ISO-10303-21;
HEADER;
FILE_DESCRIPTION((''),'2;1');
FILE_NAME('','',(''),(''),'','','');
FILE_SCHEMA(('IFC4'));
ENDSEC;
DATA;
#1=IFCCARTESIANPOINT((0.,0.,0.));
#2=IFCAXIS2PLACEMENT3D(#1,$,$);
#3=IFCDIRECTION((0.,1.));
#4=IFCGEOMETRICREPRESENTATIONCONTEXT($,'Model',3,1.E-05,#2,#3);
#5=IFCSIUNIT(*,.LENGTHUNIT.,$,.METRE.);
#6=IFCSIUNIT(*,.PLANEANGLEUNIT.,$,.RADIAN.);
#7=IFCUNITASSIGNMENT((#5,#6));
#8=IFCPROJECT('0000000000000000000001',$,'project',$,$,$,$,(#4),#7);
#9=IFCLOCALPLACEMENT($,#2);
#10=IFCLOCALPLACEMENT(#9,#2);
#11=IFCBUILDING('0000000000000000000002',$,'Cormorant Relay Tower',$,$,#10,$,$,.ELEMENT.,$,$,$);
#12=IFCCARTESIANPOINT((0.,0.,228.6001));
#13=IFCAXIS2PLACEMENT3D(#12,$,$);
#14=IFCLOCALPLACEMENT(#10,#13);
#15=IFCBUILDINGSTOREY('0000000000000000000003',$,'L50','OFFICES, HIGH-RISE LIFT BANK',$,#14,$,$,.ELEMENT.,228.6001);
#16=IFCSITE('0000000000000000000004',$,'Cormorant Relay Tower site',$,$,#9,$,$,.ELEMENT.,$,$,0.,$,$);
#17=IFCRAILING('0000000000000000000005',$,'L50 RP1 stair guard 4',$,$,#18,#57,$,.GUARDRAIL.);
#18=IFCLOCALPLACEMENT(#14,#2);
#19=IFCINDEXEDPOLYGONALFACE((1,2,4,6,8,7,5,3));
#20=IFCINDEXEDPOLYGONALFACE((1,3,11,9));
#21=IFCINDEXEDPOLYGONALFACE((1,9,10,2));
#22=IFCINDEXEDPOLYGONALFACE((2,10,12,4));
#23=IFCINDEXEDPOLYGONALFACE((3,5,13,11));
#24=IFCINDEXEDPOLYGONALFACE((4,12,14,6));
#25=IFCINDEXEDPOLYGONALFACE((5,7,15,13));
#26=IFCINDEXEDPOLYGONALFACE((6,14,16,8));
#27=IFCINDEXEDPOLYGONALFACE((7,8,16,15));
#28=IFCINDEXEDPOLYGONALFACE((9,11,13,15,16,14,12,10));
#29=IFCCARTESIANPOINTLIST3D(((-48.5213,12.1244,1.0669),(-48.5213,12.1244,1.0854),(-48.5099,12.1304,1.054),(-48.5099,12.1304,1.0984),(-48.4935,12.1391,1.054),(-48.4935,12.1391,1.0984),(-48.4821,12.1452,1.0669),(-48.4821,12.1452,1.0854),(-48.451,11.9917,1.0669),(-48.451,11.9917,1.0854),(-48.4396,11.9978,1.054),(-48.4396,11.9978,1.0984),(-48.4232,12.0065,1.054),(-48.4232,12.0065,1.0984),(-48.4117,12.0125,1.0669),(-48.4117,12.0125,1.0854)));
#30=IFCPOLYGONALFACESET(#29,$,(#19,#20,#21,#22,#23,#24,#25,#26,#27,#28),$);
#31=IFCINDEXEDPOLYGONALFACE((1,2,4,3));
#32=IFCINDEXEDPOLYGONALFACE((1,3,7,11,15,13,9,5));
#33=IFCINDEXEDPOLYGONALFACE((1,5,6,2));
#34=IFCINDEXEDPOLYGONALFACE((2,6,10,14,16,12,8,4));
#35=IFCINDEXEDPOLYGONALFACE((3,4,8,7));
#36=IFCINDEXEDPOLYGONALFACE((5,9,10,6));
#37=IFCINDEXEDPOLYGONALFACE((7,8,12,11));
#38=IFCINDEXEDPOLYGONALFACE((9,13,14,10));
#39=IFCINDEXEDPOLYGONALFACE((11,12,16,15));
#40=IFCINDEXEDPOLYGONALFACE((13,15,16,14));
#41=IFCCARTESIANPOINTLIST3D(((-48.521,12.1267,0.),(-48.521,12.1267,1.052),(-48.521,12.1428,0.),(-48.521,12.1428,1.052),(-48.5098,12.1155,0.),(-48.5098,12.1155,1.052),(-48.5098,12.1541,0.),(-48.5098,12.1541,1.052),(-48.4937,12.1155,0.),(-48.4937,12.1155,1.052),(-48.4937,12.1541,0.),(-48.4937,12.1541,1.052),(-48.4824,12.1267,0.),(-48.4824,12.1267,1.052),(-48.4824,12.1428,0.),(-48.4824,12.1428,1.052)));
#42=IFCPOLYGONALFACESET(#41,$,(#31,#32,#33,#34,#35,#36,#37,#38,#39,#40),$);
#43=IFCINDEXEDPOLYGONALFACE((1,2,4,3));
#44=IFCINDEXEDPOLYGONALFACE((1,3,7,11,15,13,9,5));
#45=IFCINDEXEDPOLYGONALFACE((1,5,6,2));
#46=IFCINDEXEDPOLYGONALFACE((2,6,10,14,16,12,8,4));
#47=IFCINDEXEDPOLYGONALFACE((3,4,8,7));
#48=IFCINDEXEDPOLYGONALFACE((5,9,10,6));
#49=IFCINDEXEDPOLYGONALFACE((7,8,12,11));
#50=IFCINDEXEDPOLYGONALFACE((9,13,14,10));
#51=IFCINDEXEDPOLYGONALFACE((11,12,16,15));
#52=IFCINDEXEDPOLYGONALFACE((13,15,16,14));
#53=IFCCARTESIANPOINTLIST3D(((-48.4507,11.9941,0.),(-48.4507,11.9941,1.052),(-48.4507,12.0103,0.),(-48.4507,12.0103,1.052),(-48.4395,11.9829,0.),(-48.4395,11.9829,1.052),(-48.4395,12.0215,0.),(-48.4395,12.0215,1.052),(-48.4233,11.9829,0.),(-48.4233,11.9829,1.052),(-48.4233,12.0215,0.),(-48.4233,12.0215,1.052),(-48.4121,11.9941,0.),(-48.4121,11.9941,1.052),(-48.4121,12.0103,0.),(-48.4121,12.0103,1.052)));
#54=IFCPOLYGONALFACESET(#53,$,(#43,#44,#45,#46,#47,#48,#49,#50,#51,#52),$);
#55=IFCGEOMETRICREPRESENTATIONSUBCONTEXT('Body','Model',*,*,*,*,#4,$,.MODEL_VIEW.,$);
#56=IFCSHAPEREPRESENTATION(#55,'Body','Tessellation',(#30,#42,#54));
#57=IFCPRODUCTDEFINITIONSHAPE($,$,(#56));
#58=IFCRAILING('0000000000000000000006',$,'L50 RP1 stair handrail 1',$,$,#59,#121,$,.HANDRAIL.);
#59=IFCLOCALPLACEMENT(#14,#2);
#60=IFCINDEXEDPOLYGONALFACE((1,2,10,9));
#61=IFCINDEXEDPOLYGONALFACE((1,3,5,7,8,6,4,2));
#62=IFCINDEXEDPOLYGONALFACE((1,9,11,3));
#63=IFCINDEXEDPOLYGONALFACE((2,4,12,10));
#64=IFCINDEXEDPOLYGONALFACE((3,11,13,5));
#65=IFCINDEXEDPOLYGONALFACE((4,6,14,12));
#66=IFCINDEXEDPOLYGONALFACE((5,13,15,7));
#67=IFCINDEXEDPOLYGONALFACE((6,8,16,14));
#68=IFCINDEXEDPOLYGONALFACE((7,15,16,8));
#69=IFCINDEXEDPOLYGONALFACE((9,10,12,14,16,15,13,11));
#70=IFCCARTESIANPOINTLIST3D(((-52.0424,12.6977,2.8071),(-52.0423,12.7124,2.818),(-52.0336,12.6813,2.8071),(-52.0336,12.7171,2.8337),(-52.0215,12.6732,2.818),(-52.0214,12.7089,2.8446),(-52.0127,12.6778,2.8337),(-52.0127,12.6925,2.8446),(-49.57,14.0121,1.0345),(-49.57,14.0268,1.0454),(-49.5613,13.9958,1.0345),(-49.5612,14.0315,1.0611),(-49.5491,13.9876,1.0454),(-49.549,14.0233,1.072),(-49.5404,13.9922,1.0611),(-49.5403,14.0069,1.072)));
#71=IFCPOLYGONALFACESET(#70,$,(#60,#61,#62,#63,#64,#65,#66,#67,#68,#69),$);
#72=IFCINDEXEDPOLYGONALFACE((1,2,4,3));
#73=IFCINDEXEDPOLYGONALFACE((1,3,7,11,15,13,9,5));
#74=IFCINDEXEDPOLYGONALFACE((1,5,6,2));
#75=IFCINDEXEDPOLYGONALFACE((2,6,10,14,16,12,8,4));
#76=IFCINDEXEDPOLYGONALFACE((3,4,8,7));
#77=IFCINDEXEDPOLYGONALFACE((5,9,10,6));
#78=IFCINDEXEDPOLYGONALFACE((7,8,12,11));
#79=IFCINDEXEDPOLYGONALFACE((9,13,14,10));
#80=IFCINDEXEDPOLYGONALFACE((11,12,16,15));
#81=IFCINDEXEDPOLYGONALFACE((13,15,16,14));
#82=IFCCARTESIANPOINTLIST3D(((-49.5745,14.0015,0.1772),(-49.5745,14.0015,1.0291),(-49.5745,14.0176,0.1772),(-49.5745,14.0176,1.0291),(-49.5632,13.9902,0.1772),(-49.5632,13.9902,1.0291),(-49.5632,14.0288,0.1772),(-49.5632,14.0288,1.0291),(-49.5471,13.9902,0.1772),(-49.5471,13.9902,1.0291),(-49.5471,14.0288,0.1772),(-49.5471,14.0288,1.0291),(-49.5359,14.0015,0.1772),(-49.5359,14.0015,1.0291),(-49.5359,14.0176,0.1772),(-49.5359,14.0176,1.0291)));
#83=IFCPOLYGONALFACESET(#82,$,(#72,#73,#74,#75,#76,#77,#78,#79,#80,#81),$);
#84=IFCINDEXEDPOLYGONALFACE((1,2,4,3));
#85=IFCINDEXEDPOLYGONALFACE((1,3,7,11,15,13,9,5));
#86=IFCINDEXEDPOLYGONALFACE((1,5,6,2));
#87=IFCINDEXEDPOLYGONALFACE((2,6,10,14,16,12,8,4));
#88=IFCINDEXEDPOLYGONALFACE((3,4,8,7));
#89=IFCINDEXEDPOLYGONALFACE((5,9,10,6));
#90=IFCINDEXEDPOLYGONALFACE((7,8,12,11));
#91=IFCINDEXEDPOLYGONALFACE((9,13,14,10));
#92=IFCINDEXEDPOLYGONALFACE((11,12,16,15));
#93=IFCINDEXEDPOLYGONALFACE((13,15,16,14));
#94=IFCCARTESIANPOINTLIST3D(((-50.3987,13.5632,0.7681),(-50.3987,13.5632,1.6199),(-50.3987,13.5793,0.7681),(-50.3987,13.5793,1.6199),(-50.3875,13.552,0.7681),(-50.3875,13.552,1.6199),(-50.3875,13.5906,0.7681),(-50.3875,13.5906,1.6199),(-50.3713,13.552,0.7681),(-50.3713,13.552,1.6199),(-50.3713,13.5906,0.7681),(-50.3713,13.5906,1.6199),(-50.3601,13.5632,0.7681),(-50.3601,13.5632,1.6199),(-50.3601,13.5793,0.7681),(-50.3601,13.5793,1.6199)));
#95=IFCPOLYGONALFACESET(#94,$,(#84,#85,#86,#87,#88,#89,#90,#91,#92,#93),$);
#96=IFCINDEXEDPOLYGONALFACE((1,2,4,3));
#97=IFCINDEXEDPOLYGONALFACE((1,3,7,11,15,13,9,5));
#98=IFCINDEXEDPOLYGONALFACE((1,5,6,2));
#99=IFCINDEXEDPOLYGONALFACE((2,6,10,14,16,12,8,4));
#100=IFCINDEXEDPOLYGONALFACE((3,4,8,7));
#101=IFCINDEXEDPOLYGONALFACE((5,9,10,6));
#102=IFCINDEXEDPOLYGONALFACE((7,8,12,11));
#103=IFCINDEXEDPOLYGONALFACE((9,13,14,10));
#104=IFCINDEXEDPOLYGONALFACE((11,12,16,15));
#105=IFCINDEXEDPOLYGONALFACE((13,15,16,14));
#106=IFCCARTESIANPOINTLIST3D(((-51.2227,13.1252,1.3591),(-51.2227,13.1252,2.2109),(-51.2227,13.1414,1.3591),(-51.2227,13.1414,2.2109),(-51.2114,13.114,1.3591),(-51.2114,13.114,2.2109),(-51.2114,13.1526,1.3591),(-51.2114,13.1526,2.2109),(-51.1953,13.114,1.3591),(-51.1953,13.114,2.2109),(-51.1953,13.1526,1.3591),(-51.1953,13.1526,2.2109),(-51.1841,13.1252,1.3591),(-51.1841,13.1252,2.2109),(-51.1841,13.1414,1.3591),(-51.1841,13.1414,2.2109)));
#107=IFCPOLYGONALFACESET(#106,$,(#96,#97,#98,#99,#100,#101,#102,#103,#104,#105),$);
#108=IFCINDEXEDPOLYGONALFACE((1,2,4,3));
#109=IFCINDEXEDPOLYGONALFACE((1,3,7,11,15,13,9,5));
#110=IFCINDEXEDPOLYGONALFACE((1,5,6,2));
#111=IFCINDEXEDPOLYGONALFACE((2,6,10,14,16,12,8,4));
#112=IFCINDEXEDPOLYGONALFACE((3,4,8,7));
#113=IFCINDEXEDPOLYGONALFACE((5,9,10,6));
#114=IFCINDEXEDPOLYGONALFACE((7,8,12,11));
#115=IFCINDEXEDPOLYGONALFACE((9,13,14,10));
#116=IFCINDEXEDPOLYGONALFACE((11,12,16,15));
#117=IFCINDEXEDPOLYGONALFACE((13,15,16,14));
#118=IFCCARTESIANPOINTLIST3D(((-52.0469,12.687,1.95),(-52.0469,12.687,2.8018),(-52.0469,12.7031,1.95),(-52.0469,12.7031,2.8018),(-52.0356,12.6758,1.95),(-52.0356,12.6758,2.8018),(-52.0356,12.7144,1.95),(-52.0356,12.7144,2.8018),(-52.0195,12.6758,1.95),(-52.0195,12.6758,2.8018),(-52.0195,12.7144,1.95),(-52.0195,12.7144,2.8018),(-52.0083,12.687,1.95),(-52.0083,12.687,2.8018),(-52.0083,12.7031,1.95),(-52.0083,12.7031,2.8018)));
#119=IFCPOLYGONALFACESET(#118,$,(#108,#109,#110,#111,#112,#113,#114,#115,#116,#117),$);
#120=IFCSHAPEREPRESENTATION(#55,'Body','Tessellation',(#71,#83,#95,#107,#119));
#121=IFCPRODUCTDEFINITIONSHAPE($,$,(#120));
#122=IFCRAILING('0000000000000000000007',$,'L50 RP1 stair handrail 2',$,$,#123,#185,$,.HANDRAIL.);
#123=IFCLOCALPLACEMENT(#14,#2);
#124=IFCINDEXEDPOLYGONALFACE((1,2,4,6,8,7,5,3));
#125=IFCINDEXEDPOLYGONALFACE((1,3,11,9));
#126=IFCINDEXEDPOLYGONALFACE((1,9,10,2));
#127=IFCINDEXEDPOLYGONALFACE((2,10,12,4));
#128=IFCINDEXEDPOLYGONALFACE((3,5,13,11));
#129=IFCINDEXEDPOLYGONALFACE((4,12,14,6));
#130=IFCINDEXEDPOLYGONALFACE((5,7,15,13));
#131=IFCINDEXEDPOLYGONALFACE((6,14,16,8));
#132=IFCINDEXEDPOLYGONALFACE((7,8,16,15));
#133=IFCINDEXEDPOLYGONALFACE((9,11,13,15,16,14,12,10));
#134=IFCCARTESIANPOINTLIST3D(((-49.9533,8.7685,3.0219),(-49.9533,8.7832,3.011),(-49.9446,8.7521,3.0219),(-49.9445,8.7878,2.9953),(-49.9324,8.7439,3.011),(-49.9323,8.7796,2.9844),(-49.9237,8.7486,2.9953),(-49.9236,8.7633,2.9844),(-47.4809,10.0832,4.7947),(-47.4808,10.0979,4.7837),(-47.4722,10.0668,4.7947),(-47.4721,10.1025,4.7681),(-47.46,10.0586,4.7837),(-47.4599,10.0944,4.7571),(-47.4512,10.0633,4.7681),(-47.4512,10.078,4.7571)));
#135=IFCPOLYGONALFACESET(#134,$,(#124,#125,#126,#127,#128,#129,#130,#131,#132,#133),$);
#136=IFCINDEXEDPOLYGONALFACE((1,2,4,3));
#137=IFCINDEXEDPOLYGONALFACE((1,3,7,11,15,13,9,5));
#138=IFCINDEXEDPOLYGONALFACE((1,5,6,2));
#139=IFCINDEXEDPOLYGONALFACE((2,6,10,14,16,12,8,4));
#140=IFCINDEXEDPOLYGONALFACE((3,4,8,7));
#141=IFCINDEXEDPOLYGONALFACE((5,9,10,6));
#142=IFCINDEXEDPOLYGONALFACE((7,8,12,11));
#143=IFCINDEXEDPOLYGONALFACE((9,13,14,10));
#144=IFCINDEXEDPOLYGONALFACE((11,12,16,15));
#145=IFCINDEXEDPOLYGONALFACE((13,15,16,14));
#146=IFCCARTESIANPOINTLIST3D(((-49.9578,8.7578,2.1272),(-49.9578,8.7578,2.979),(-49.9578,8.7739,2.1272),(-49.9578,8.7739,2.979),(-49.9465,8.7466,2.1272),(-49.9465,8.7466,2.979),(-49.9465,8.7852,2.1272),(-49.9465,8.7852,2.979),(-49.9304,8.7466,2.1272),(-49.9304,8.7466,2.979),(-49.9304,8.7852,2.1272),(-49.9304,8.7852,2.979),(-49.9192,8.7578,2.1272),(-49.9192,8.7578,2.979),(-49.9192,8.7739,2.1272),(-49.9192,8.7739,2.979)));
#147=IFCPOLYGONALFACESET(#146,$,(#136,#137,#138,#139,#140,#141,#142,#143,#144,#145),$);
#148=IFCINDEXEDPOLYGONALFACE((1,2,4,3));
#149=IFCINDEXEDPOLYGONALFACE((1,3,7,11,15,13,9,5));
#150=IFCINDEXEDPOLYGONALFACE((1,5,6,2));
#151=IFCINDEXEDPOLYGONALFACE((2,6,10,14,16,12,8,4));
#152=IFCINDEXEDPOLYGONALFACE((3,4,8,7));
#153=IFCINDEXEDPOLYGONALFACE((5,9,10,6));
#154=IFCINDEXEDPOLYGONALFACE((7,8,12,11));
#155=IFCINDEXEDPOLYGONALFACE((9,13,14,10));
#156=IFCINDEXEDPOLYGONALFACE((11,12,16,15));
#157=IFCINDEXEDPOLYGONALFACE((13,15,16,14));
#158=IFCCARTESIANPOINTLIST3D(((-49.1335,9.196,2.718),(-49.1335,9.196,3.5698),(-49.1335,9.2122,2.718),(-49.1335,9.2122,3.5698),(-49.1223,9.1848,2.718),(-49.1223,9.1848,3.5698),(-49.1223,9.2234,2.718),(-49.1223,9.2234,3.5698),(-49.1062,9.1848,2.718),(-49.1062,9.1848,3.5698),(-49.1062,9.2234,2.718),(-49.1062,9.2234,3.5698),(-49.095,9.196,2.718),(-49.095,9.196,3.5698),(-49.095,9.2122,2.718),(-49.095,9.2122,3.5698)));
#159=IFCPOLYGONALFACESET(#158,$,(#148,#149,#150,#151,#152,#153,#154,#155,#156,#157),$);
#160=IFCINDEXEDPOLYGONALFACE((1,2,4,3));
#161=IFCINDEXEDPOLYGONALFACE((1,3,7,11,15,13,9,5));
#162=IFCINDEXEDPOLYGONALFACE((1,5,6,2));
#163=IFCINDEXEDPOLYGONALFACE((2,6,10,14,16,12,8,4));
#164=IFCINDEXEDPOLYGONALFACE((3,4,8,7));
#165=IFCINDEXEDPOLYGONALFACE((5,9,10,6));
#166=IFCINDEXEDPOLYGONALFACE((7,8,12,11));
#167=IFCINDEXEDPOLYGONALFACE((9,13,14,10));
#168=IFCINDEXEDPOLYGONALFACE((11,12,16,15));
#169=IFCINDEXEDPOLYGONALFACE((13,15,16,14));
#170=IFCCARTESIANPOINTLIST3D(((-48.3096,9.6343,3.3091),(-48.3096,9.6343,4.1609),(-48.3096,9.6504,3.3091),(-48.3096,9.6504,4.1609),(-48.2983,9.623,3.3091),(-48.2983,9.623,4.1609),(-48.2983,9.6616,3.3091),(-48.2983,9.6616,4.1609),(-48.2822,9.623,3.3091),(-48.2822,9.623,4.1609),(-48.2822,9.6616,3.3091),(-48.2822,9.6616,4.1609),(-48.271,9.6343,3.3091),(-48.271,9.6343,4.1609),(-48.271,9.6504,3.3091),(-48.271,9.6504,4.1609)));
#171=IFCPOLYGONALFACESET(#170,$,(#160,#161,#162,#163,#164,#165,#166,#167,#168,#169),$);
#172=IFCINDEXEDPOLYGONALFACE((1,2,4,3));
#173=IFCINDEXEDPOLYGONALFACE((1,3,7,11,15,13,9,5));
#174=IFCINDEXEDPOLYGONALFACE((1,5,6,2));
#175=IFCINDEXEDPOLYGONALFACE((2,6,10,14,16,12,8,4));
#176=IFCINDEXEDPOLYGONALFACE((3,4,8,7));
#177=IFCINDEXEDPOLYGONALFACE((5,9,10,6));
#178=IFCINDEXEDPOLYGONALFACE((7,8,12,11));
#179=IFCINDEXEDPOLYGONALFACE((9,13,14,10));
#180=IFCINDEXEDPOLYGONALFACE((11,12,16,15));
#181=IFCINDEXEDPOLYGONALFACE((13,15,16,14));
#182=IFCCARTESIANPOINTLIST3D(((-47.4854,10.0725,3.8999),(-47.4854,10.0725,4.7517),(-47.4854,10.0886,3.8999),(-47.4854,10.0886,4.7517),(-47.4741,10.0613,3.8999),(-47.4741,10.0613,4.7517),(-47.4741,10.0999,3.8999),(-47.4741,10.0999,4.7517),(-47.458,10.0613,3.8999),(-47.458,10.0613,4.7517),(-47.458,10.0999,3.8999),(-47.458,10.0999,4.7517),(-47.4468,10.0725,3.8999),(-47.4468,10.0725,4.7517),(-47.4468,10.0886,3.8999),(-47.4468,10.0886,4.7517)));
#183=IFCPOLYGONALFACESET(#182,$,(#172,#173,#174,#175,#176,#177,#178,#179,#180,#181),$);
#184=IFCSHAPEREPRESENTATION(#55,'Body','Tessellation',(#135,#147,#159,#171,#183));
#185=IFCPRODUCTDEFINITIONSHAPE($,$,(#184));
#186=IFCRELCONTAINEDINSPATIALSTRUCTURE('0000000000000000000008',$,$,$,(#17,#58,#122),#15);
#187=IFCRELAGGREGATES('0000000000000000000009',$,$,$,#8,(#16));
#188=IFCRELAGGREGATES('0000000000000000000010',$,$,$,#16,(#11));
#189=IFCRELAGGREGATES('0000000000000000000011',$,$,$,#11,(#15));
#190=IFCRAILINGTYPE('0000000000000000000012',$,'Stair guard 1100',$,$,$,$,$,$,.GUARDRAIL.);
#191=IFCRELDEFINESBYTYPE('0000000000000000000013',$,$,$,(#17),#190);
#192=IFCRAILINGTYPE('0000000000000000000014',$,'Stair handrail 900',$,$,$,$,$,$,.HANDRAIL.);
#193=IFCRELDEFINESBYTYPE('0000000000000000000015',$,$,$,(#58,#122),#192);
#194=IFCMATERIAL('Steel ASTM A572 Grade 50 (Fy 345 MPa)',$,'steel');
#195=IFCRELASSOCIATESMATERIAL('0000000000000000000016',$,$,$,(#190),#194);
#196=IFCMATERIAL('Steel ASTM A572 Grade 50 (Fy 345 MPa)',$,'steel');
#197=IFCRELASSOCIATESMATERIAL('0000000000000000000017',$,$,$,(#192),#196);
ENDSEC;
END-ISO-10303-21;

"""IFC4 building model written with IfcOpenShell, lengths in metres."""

from ifc_helpers import new_model, si_unit, direction, frame, origin, place, context, subcontext, project, spatial, polyline, outline, extrude, material, type_object, element, save


model = new_model("IFC4")

# Units and contexts
model_context = context("Model", 3, precision=1e-05, world=origin(), true_north=direction((0.0, 1.0)))
body_context = subcontext(model_context, "Body", "Model", "MODEL_VIEW")
ifc_project = project(units=[si_unit("LENGTHUNIT", "METRE"), si_unit("PLANEANGLEUNIT", "RADIAN")], contexts=[model_context])

# Site, building, storey
site_placement = place(None, origin())
site = spatial("IfcSite", under=ifc_project, at=site_placement, Name="Cormorant Relay Tower site", CompositionType="ELEMENT", RefElevation=0.0)
building_placement = place(site_placement, origin())
building = spatial("IfcBuilding", under=site, at=building_placement, Name="Cormorant Relay Tower", CompositionType="ELEMENT")
storey_placement = place(building_placement, frame((0.0, 0.0, 228.6001)))
storey = spatial("IfcBuildingStorey", under=building, at=storey_placement, Name="L50", Description="OFFICES, HIGH-RISE LIFT BANK", CompositionType="ELEMENT", Elevation=228.6001)

# Railings
ifc_material_1 = material(Name="Steel ASTM A572 Grade 50 (Fy 345 MPa)", Category="steel")
railing_type_1 = type_object("IfcRailingType", Name="Stair guard 1100", PredefinedType="GUARDRAIL", material=ifc_material_1)
railing_1_placement = place(storey_placement, frame((-48.5017, 12.1348, 0.0)))
element("IfcRailing", 1, at=railing_1_placement, inside=storey, type_object=railing_type_1, Name="L50 RP1 stair guard 4", PredefinedType="GUARDRAIL", context=body_context, shape_type="SweptSolid", body=[
    extrude(outline(polyline([(0.0222, 0.0093), (0.0093, 0.0222), (-0.0093, 0.0222), (-0.0222, 0.0093), (-0.0222, -0.0093), (-0.0093, -0.0222), (0.0093, -0.0222), (0.0222, -0.0093), (0.0222, 0.0093)])), frame((0.0, 0.0, 1.0762), z_axis=(0.46856, -0.883431, 0.0), x_axis=(0.883431, 0.46856, 0.0)), (0.0, 0.0, 1.0), 0.1501),
    extrude(outline(polyline([(0.0193, 0.0081), (0.0081, 0.0193), (-0.0081, 0.0193), (-0.0193, 0.0081), (-0.0193, -0.0081), (-0.0081, -0.0193), (0.0081, -0.0193), (0.0193, -0.0081), (0.0193, 0.0081)])), origin(), (0.0, 0.0, 1.0), 1.052),
    extrude(outline(polyline([(0.0193, 0.0081), (0.0081, 0.0193), (-0.0081, 0.0193), (-0.0193, 0.0081), (-0.0193, -0.0081), (-0.0081, -0.0193), (0.0081, -0.0193), (0.0193, -0.0081), (0.0193, 0.0081)])), frame((0.0703, -0.1326, 0.0)), (0.0, 0.0, 1.0), 1.052),
])
ifc_material_2 = material(Name="Steel ASTM A572 Grade 50 (Fy 345 MPa)", Category="steel")
railing_type_2 = type_object("IfcRailingType", Name="Stair handrail 900", PredefinedType="HANDRAIL", material=ifc_material_2)
railing_2_placement = place(storey_placement, frame((-49.5552, 14.0095, 0.1772)))
element("IfcRailing", 2, at=railing_2_placement, inside=storey, type_object=railing_type_2, Name="L50 RP1 stair handrail 1", PredefinedType="HANDRAIL", context=body_context, shape_type="SweptSolid", body=[
    extrude(outline(polyline([(0.0222, 0.0093), (0.0093, 0.0222), (-0.0093, 0.0222), (-0.0222, 0.0093), (-0.0222, -0.0093), (-0.0093, -0.0222), (0.0093, -0.0222), (0.0222, -0.0093), (0.0222, 0.0093)])), frame((0.0, 0.0, 0.876), z_axis=(-0.746034, -0.396627, 0.534902), x_axis=(0.469429, -0.88297, 0.0)), (0.0, 0.0, 1.0), 3.314),
    extrude(outline(polyline([(0.0193, 0.0081), (0.0081, 0.0193), (-0.0081, 0.0193), (-0.0193, 0.0081), (-0.0193, -0.0081), (-0.0081, -0.0193), (0.0081, -0.0193), (0.0193, -0.0081), (0.0193, 0.0081)])), origin(), (0.0, 0.0, 1.0), 0.8518),
    extrude(outline(polyline([(0.0193, 0.0081), (0.0081, 0.0193), (-0.0081, 0.0193), (-0.0193, 0.0081), (-0.0193, -0.0081), (-0.0081, -0.0193), (0.0081, -0.0193), (0.0193, -0.0081), (0.0193, 0.0081)])), frame((-0.8242, -0.4382, 0.5908)), (0.0, 0.0, 1.0), 0.8518),
    extrude(outline(polyline([(0.0193, 0.0081), (0.0081, 0.0193), (-0.0081, 0.0193), (-0.0193, 0.0081), (-0.0193, -0.0081), (-0.0081, -0.0193), (0.0081, -0.0193), (0.0193, -0.0081), (0.0193, 0.0081)])), frame((-1.6482, -0.8762, 1.1819)), (0.0, 0.0, 1.0), 0.8518),
    extrude(outline(polyline([(0.0193, 0.0081), (0.0081, 0.0193), (-0.0081, 0.0193), (-0.0193, 0.0081), (-0.0193, -0.0081), (-0.0081, -0.0193), (0.0081, -0.0193), (0.0193, -0.0081), (0.0193, 0.0081)])), frame((-2.4724, -1.3145, 1.7727)), (0.0, 0.0, 1.0), 0.8518),
])
railing_3_placement = place(storey_placement, frame((-49.9385, 8.7659, 2.1272)))
element("IfcRailing", 3, at=railing_3_placement, inside=storey, type_object=railing_type_2, Name="L50 RP1 stair handrail 2", PredefinedType="HANDRAIL", context=body_context, shape_type="SweptSolid", body=[
    extrude(outline(polyline([(0.0222, 0.0093), (0.0093, 0.0222), (-0.0093, 0.0222), (-0.0222, 0.0093), (-0.0222, -0.0093), (-0.0093, -0.0222), (0.0093, -0.0222), (0.0222, -0.0093), (0.0222, 0.0093)])), frame((0.0, 0.0, 0.876), z_axis=(0.746012, 0.39669, 0.534886), x_axis=(-0.469497, 0.882934, 0.0)), (0.0, 0.0, 1.0), 3.3142),
    extrude(outline(polyline([(0.0193, 0.0081), (0.0081, 0.0193), (-0.0081, 0.0193), (-0.0193, 0.0081), (-0.0193, -0.0081), (-0.0081, -0.0193), (0.0081, -0.0193), (0.0193, -0.0081), (0.0193, 0.0081)])), origin(), (0.0, 0.0, 1.0), 0.8518),
    extrude(outline(polyline([(0.0193, 0.0081), (0.0081, 0.0193), (-0.0081, 0.0193), (-0.0193, 0.0081), (-0.0193, -0.0081), (-0.0081, -0.0193), (0.0081, -0.0193), (0.0193, -0.0081), (0.0193, 0.0081)])), frame((0.8242, 0.4382, 0.5908)), (0.0, 0.0, 1.0), 0.8518),
    extrude(outline(polyline([(0.0193, 0.0081), (0.0081, 0.0193), (-0.0081, 0.0193), (-0.0193, 0.0081), (-0.0193, -0.0081), (-0.0081, -0.0193), (0.0081, -0.0193), (0.0193, -0.0081), (0.0193, 0.0081)])), frame((1.6482, 0.8765, 1.1819)), (0.0, 0.0, 1.0), 0.8518),
    extrude(outline(polyline([(0.0193, 0.0081), (0.0081, 0.0193), (-0.0081, 0.0193), (-0.0193, 0.0081), (-0.0193, -0.0081), (-0.0081, -0.0193), (0.0081, -0.0193), (0.0193, -0.0081), (0.0193, 0.0081)])), frame((2.4724, 1.3147, 1.7727)), (0.0, 0.0, 1.0), 0.8518),
])

save(model, "model.ifc")
